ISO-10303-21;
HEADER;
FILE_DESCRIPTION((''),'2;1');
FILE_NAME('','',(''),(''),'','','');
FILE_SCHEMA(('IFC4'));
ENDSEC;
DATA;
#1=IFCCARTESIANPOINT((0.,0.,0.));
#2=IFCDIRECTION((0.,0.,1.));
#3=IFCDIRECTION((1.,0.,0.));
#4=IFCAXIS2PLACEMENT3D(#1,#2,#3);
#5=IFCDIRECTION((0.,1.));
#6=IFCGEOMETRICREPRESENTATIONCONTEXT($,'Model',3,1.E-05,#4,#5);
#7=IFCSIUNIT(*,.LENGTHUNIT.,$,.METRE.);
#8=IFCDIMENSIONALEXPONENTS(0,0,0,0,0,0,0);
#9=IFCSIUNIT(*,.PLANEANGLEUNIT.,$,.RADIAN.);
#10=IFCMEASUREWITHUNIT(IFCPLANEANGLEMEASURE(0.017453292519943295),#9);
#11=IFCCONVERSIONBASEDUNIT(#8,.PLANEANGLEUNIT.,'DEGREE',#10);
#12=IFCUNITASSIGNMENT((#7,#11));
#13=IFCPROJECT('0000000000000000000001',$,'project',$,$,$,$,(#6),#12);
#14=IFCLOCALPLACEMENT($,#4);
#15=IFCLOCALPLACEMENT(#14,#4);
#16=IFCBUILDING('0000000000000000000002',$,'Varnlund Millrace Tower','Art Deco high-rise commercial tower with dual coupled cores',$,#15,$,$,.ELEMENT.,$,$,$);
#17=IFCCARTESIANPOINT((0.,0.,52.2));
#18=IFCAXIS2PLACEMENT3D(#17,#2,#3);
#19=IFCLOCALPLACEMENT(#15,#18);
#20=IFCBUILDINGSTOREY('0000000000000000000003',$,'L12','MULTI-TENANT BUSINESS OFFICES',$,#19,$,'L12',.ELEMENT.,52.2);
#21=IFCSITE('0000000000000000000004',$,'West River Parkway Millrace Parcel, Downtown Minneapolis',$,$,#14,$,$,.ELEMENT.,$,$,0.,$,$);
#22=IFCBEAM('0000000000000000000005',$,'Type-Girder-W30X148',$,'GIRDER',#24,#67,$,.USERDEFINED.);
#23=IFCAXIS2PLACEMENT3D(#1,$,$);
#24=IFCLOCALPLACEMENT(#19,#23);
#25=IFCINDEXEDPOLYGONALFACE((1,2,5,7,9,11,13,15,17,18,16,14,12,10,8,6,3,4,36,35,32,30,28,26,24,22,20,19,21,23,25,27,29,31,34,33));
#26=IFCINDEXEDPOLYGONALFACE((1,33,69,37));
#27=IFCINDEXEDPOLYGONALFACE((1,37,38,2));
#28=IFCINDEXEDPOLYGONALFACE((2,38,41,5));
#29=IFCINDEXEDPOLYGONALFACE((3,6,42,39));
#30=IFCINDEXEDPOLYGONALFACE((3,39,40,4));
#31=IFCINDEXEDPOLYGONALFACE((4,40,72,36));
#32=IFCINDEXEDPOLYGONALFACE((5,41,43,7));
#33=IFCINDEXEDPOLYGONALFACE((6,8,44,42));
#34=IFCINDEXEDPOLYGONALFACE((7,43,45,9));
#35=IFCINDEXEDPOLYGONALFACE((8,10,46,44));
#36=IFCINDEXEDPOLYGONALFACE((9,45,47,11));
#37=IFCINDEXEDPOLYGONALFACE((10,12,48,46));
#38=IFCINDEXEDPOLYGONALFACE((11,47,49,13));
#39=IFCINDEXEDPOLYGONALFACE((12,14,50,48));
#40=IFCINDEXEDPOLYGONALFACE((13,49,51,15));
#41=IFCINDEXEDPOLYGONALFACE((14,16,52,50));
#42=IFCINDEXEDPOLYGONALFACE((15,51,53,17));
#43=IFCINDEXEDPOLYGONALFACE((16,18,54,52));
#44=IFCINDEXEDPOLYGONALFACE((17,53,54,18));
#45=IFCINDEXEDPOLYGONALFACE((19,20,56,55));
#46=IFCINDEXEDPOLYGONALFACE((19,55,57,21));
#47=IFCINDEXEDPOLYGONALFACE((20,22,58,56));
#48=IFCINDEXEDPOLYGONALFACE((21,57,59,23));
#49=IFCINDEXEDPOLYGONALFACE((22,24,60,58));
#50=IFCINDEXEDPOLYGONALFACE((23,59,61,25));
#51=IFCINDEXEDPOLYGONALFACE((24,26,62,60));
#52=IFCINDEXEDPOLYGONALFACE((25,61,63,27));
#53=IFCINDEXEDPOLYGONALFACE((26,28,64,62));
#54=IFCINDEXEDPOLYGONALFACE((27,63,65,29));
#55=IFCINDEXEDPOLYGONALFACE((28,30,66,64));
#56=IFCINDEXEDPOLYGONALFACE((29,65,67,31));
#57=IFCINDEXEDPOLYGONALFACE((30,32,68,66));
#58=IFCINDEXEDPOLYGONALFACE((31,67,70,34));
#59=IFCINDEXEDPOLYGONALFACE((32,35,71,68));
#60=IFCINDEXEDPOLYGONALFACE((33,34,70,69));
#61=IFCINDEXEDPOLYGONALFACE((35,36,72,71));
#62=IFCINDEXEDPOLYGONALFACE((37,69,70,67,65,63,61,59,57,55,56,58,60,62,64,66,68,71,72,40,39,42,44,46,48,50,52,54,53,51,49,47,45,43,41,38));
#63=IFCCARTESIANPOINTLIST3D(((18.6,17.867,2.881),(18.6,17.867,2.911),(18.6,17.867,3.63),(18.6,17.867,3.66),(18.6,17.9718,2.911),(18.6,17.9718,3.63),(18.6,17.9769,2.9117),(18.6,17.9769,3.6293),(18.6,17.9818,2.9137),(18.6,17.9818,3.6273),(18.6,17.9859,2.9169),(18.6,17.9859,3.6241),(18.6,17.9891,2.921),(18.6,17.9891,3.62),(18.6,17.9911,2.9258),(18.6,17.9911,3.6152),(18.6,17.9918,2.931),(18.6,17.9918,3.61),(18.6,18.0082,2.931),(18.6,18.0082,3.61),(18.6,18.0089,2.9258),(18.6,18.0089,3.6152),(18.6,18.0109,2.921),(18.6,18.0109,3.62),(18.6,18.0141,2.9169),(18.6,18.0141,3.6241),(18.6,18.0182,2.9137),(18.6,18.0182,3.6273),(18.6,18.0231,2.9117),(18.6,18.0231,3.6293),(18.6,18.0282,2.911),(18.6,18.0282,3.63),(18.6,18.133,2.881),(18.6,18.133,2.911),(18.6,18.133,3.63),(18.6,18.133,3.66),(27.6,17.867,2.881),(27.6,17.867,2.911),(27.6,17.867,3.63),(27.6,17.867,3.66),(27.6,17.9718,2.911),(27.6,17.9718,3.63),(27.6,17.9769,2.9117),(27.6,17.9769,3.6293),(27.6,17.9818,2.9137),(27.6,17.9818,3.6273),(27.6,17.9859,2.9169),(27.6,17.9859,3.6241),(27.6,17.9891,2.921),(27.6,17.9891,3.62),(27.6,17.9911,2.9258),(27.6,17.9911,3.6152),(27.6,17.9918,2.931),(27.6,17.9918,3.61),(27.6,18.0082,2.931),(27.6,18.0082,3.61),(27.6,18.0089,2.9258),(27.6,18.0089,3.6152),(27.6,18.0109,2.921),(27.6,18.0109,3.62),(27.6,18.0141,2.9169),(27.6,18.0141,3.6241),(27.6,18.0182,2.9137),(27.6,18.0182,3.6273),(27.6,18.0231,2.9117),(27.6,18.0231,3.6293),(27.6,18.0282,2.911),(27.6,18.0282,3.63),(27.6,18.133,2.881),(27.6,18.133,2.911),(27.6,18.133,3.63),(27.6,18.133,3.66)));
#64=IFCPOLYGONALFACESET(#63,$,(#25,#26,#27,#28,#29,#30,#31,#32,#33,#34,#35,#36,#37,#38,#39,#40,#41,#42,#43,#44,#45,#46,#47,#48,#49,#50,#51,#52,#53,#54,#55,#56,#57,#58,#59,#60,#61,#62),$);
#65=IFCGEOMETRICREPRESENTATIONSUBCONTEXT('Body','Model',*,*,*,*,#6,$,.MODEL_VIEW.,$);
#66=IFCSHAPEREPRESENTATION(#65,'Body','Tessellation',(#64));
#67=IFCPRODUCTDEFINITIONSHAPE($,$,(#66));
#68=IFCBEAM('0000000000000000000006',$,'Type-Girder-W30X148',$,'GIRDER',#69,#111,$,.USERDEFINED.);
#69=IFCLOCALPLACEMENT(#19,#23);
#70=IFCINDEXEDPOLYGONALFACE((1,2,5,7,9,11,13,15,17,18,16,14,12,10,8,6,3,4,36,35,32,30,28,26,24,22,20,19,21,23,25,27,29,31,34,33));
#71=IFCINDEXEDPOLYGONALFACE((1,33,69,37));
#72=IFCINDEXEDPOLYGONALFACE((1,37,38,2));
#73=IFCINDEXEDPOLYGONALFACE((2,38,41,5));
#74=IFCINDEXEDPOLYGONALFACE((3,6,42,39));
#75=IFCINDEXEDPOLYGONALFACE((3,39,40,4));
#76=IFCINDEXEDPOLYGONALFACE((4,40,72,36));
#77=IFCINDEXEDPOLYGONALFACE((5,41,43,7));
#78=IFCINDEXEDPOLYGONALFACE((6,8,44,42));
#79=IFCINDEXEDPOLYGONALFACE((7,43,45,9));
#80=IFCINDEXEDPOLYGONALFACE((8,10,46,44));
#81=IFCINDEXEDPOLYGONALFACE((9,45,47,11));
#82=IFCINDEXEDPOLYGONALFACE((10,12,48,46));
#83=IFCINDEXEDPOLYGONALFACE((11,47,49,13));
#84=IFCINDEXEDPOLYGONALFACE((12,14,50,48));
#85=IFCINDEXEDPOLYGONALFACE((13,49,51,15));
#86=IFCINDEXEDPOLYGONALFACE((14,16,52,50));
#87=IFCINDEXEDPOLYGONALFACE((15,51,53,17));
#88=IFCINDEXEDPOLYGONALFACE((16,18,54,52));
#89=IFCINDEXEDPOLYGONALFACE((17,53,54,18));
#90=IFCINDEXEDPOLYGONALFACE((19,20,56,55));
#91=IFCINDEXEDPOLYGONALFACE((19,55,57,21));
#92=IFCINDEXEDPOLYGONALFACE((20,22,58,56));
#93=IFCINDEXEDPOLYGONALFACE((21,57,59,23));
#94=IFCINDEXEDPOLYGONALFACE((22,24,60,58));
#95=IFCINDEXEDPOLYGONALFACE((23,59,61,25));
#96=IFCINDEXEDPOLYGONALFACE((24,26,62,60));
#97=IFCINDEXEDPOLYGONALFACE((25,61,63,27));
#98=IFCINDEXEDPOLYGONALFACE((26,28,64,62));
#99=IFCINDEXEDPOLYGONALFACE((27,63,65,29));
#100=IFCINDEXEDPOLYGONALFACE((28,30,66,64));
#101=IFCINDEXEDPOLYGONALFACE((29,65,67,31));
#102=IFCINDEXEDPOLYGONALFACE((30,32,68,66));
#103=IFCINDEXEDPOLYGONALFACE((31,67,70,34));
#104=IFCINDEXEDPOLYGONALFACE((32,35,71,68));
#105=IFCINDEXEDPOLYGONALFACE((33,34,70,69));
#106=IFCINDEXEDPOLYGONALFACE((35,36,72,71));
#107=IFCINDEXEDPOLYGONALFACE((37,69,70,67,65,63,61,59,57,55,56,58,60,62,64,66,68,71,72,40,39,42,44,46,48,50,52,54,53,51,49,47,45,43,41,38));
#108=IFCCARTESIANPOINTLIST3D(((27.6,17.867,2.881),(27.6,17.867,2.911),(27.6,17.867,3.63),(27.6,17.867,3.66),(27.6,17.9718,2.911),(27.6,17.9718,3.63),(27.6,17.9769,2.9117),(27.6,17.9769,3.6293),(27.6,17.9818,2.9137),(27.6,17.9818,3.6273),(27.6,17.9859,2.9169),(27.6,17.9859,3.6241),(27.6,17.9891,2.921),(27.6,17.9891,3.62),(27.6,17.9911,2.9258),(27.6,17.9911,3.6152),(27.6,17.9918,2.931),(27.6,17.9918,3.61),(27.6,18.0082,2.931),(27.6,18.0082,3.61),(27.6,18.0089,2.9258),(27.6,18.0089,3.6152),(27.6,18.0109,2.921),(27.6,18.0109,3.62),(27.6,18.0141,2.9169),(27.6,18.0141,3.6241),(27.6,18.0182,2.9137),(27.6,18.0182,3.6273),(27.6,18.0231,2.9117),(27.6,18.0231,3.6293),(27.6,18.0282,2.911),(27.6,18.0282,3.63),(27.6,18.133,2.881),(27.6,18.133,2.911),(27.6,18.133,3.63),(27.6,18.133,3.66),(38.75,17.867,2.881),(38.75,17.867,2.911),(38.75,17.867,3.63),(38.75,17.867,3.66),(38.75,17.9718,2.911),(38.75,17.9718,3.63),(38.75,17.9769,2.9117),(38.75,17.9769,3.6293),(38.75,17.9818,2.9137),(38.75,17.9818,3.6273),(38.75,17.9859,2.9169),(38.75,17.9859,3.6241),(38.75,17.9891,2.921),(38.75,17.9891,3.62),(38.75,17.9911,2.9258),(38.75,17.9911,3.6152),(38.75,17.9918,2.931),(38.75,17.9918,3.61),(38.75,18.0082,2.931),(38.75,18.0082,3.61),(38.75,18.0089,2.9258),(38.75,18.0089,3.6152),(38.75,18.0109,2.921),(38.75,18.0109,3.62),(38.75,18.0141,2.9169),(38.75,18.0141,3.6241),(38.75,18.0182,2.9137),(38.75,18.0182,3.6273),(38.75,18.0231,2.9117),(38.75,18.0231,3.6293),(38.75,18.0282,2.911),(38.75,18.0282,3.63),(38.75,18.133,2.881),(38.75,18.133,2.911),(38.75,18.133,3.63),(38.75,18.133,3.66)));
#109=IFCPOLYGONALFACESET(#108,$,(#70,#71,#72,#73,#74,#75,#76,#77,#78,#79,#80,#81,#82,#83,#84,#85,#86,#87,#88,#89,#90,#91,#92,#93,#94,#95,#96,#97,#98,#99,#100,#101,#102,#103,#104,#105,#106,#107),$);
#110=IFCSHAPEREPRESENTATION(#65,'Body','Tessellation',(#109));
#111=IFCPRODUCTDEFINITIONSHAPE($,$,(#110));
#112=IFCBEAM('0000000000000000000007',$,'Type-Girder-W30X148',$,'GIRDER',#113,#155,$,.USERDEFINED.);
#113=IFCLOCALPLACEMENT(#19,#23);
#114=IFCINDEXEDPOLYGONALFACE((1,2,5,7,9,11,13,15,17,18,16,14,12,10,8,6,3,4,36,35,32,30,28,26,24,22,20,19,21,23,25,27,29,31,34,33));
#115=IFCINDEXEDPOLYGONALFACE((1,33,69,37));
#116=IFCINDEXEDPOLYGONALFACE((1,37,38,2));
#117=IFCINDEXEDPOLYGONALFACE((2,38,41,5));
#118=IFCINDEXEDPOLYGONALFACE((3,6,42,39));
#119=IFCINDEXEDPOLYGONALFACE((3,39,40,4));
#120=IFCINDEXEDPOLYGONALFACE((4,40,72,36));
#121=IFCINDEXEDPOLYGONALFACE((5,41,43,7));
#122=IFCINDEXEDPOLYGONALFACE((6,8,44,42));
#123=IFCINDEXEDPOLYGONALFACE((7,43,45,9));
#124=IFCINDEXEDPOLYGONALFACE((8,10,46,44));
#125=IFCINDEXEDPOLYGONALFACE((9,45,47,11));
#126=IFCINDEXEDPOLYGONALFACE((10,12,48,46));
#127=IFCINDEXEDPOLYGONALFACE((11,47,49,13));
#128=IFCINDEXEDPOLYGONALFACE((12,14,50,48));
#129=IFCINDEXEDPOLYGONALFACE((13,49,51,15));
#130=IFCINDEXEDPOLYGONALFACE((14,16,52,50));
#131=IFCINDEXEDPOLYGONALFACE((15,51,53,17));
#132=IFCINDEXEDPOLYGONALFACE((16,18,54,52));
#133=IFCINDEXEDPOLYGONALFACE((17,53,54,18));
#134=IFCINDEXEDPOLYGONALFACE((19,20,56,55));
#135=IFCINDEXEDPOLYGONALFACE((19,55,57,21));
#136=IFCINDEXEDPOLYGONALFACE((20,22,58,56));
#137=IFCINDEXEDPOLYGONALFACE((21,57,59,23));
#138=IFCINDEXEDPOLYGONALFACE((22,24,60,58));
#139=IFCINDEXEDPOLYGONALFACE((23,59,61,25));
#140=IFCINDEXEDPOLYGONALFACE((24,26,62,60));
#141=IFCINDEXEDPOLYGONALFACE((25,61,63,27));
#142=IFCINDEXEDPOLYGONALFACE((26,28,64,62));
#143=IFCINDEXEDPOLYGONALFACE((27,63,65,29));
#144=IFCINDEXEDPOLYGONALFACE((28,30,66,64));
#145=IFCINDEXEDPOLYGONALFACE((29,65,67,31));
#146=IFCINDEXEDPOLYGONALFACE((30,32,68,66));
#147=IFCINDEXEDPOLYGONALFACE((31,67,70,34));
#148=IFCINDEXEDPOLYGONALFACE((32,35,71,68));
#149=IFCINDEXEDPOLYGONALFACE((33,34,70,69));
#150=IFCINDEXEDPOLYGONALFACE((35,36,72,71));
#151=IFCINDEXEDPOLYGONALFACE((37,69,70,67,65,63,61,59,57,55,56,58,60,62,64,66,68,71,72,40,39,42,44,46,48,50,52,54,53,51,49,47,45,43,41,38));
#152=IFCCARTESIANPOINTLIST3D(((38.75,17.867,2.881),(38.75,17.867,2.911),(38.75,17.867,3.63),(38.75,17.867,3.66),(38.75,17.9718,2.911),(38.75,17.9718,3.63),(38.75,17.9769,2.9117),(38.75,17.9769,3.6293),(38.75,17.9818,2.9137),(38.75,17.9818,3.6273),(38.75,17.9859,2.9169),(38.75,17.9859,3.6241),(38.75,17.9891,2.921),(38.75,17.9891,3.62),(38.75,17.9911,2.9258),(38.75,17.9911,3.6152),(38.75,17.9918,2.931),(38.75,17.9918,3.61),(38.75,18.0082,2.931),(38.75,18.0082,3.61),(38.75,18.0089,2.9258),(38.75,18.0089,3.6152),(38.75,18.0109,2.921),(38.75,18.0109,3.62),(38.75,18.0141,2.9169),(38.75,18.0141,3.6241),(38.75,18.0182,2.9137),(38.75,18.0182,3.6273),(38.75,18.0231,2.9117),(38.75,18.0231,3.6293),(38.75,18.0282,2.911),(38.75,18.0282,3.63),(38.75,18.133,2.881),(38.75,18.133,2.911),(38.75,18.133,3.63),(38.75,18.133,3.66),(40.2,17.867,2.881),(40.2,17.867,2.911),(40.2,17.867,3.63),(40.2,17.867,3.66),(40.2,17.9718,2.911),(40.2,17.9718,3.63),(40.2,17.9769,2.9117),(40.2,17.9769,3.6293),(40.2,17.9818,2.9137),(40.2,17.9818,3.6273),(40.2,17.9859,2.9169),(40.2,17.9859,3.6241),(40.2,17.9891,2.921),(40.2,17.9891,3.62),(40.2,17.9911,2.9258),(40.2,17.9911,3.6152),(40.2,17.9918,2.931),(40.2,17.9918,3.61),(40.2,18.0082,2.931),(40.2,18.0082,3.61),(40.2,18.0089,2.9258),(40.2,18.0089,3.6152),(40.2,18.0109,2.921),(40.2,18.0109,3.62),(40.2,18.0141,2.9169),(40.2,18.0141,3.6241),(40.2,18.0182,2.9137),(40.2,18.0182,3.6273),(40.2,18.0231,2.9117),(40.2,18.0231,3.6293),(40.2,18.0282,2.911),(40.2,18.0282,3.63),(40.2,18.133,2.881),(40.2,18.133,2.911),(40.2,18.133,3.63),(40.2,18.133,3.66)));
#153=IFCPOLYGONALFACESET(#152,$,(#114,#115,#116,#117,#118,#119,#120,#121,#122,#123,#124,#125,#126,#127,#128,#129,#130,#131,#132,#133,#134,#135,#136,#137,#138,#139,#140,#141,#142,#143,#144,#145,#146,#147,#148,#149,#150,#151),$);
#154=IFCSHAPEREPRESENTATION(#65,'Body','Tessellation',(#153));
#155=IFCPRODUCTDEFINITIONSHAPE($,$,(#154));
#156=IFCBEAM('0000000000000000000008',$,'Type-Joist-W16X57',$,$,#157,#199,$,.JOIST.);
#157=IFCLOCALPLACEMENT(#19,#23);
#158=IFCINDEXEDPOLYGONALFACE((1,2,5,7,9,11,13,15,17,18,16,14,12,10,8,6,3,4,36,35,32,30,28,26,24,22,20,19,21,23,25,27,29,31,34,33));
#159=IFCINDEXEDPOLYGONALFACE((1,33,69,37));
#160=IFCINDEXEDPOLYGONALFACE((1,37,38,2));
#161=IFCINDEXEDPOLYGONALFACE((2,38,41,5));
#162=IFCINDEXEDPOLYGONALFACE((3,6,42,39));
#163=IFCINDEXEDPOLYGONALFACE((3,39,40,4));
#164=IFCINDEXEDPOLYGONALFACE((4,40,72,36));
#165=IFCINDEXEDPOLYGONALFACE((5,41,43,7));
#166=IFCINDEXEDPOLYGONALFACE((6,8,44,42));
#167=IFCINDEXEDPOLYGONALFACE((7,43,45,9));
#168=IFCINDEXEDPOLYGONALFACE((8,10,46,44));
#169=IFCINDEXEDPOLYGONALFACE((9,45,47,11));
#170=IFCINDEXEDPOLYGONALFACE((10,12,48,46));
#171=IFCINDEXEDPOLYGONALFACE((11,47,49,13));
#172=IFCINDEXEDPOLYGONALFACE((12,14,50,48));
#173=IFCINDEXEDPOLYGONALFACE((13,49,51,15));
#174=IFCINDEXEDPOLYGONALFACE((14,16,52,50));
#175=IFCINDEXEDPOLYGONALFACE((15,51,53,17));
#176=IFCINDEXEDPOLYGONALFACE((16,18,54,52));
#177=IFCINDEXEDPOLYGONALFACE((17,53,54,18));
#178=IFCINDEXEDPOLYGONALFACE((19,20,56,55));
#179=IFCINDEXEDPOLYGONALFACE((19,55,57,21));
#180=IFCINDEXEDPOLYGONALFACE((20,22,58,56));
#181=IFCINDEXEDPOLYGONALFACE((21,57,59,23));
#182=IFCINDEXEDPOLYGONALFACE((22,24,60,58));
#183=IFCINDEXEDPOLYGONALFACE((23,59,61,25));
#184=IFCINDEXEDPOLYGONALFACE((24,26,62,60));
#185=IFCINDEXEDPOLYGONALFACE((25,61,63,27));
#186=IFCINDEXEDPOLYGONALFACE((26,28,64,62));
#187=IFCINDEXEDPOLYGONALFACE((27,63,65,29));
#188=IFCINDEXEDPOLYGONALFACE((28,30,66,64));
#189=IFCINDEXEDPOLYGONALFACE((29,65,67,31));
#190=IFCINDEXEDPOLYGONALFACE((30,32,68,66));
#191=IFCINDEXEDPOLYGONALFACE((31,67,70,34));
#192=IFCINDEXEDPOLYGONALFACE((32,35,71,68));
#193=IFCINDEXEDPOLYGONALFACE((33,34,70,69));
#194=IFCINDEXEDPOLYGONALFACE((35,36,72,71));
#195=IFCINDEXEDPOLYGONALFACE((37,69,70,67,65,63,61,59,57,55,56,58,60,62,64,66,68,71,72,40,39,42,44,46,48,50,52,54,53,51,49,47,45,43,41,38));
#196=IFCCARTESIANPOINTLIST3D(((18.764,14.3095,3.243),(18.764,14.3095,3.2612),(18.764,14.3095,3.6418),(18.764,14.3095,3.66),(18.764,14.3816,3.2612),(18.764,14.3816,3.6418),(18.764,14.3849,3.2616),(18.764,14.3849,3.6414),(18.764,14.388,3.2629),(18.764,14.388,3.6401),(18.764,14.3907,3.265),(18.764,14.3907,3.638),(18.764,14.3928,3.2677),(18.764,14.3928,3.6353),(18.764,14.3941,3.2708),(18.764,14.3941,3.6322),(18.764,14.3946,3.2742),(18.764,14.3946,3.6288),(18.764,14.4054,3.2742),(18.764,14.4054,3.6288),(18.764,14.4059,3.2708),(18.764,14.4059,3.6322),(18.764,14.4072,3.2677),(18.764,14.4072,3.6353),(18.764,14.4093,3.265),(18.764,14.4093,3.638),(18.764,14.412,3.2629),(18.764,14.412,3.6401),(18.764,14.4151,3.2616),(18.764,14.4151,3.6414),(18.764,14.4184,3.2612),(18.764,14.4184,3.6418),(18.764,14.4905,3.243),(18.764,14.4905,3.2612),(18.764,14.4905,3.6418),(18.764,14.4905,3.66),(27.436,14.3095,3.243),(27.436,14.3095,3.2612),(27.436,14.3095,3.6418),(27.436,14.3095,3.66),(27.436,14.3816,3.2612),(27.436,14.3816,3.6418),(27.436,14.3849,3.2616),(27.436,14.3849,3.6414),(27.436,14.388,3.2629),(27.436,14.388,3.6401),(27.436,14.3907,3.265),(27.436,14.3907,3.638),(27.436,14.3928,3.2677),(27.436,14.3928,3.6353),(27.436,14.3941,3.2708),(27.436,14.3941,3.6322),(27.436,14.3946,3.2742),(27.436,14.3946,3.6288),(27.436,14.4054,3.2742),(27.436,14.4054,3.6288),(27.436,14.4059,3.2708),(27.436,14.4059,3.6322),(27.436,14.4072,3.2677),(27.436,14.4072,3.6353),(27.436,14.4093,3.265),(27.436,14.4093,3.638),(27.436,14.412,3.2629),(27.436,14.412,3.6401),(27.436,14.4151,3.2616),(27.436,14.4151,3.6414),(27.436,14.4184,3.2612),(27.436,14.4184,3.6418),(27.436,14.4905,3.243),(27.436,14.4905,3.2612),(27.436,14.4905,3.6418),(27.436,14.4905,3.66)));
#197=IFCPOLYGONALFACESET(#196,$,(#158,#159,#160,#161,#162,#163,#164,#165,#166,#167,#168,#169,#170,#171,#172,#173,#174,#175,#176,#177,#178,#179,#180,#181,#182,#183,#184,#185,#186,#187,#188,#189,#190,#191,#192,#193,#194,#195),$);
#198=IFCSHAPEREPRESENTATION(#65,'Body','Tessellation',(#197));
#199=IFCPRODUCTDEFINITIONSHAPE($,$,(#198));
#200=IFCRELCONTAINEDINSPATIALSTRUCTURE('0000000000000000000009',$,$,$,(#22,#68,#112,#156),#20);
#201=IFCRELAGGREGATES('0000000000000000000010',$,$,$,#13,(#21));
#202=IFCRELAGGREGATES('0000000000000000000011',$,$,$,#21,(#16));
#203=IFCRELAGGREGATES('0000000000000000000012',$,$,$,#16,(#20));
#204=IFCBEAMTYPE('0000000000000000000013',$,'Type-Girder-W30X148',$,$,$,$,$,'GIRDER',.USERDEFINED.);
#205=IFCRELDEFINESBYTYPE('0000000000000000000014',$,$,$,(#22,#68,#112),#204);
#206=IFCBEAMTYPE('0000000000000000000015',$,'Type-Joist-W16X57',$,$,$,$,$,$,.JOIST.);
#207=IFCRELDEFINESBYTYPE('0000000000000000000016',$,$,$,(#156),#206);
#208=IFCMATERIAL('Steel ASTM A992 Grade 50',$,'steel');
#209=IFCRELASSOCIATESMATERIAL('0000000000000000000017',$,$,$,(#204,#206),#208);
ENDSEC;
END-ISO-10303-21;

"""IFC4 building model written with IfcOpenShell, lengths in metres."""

from ifc_helpers import new_model, entity, si_unit, converted_unit, direction, frame, origin_with_axes, origin_2d_with_axis, place, context, subcontext, project, spatial, i_section, extrude, material, material_profile, profile_set, type_object, element, save


model = new_model("IFC4")

# Units and contexts
model_context = context("Model", 3, precision=1e-05, world=origin_with_axes(), true_north=direction((0.0, 1.0)))
body_context = subcontext(model_context, "Body", "Model", "MODEL_VIEW")
ifc_project = project(units=[si_unit("LENGTHUNIT", "METRE"), converted_unit("PLANEANGLEUNIT", "DEGREE", entity("IfcPlaneAngleMeasure", 0.017453292519943295), si_unit("PLANEANGLEUNIT", "RADIAN"), dimensions=[0, 0, 0, 0, 0, 0, 0])], contexts=[model_context])

# Site, building, storey
site_placement = place(None, origin_with_axes())
site = spatial("IfcSite", under=ifc_project, at=site_placement, Name="West River Parkway Millrace Parcel, Downtown Minneapolis", CompositionType="ELEMENT", RefElevation=0.0)
building_placement = place(site_placement, origin_with_axes())
building = spatial("IfcBuilding", under=site, at=building_placement, Name="Varnlund Millrace Tower", Description="Art Deco high-rise commercial tower with dual coupled cores", CompositionType="ELEMENT")
storey_placement = place(building_placement, frame((0.0, 0.0, 52.2), z_axis=(0.0, 0.0, 1.0), x_axis=(1.0, 0.0, 0.0)))
storey = spatial("IfcBuildingStorey", under=building, at=storey_placement, Name="L12", Description="MULTI-TENANT BUSINESS OFFICES", LongName="L12", CompositionType="ELEMENT", Elevation=52.2)

# Beams
ifc_material_1 = material(Name="Steel ASTM A992 Grade 50", Category="steel")
ifc_material_profile_1 = material_profile(ifc_material_1, i_section(OverallWidth=0.266, OverallDepth=0.779, WebThickness=0.0165, FlangeThickness=0.03, FilletRadius=0.02, at=origin_2d_with_axis()), Name="Steel ASTM A992 Grade 50")
ifc_profile_set_1 = profile_set([ifc_material_profile_1], Name="Steel ASTM A992 Grade 50")
beam_type_1 = type_object("IfcBeamType", Name="Type-Girder-W30X148", ElementType="GIRDER", PredefinedType="USERDEFINED", material=ifc_profile_set_1)
beam_1_placement = place(storey_placement, frame((18.6, 18.0, 3.2705), z_axis=(1.0, 0.0, 0.0), x_axis=(0.0, 1.0, 0.0)))
element("IfcBeam", 1, at=beam_1_placement, inside=storey, type_object=beam_type_1, Name="Type-Girder-W30X148", ObjectType="GIRDER", PredefinedType="USERDEFINED", context=body_context, shape_type="SweptSolid", body=[
    extrude(i_section(OverallWidth=0.266, OverallDepth=0.779, WebThickness=0.0165, FlangeThickness=0.03, FilletRadius=0.02, at=origin_2d_with_axis()), origin_with_axes(), (0.0, 0.0, 1.0), 9.0),
])
beam_2_placement = place(storey_placement, frame((27.6, 18.0, 3.2705), z_axis=(1.0, 0.0, 0.0), x_axis=(0.0, 1.0, 0.0)))
element("IfcBeam", 2, at=beam_2_placement, inside=storey, type_object=beam_type_1, Name="Type-Girder-W30X148", ObjectType="GIRDER", PredefinedType="USERDEFINED", context=body_context, shape_type="SweptSolid", body=[
    extrude(i_section(OverallWidth=0.266, OverallDepth=0.779, WebThickness=0.0165, FlangeThickness=0.03, FilletRadius=0.02, at=origin_2d_with_axis()), origin_with_axes(), (0.0, 0.0, 1.0), 11.15),
])
beam_3_placement = place(storey_placement, frame((38.75, 18.0, 3.2705), z_axis=(1.0, 0.0, 0.0), x_axis=(0.0, 1.0, 0.0)))
element("IfcBeam", 3, at=beam_3_placement, inside=storey, type_object=beam_type_1, Name="Type-Girder-W30X148", ObjectType="GIRDER", PredefinedType="USERDEFINED", context=body_context, shape_type="SweptSolid", body=[
    extrude(i_section(OverallWidth=0.266, OverallDepth=0.779, WebThickness=0.0165, FlangeThickness=0.03, FilletRadius=0.02, at=origin_2d_with_axis()), origin_with_axes(), (0.0, 0.0, 1.0), 1.45),
])
ifc_material_profile_2 = material_profile(ifc_material_1, i_section(OverallWidth=0.181, OverallDepth=0.417, WebThickness=0.0109, FlangeThickness=0.0182, FilletRadius=0.013, at=origin_2d_with_axis()), Name="Steel ASTM A992 Grade 50")
ifc_profile_set_2 = profile_set([ifc_material_profile_2], Name="Steel ASTM A992 Grade 50")
beam_type_2 = type_object("IfcBeamType", Name="Type-Joist-W16X57", PredefinedType="JOIST", material=ifc_profile_set_2)
beam_4_placement = place(storey_placement, frame((18.764, 14.4, 3.4515), z_axis=(1.0, 0.0, 0.0), x_axis=(0.0, 1.0, 0.0)))
element("IfcBeam", 4, at=beam_4_placement, inside=storey, type_object=beam_type_2, Name="Type-Joist-W16X57", PredefinedType="JOIST", context=body_context, shape_type="SweptSolid", body=[
    extrude(i_section(OverallWidth=0.181, OverallDepth=0.417, WebThickness=0.0109, FlangeThickness=0.0182, FilletRadius=0.013, at=origin_2d_with_axis()), origin_with_axes(), (0.0, 0.0, 1.0), 8.672),
])

save(model, "model.ifc")
